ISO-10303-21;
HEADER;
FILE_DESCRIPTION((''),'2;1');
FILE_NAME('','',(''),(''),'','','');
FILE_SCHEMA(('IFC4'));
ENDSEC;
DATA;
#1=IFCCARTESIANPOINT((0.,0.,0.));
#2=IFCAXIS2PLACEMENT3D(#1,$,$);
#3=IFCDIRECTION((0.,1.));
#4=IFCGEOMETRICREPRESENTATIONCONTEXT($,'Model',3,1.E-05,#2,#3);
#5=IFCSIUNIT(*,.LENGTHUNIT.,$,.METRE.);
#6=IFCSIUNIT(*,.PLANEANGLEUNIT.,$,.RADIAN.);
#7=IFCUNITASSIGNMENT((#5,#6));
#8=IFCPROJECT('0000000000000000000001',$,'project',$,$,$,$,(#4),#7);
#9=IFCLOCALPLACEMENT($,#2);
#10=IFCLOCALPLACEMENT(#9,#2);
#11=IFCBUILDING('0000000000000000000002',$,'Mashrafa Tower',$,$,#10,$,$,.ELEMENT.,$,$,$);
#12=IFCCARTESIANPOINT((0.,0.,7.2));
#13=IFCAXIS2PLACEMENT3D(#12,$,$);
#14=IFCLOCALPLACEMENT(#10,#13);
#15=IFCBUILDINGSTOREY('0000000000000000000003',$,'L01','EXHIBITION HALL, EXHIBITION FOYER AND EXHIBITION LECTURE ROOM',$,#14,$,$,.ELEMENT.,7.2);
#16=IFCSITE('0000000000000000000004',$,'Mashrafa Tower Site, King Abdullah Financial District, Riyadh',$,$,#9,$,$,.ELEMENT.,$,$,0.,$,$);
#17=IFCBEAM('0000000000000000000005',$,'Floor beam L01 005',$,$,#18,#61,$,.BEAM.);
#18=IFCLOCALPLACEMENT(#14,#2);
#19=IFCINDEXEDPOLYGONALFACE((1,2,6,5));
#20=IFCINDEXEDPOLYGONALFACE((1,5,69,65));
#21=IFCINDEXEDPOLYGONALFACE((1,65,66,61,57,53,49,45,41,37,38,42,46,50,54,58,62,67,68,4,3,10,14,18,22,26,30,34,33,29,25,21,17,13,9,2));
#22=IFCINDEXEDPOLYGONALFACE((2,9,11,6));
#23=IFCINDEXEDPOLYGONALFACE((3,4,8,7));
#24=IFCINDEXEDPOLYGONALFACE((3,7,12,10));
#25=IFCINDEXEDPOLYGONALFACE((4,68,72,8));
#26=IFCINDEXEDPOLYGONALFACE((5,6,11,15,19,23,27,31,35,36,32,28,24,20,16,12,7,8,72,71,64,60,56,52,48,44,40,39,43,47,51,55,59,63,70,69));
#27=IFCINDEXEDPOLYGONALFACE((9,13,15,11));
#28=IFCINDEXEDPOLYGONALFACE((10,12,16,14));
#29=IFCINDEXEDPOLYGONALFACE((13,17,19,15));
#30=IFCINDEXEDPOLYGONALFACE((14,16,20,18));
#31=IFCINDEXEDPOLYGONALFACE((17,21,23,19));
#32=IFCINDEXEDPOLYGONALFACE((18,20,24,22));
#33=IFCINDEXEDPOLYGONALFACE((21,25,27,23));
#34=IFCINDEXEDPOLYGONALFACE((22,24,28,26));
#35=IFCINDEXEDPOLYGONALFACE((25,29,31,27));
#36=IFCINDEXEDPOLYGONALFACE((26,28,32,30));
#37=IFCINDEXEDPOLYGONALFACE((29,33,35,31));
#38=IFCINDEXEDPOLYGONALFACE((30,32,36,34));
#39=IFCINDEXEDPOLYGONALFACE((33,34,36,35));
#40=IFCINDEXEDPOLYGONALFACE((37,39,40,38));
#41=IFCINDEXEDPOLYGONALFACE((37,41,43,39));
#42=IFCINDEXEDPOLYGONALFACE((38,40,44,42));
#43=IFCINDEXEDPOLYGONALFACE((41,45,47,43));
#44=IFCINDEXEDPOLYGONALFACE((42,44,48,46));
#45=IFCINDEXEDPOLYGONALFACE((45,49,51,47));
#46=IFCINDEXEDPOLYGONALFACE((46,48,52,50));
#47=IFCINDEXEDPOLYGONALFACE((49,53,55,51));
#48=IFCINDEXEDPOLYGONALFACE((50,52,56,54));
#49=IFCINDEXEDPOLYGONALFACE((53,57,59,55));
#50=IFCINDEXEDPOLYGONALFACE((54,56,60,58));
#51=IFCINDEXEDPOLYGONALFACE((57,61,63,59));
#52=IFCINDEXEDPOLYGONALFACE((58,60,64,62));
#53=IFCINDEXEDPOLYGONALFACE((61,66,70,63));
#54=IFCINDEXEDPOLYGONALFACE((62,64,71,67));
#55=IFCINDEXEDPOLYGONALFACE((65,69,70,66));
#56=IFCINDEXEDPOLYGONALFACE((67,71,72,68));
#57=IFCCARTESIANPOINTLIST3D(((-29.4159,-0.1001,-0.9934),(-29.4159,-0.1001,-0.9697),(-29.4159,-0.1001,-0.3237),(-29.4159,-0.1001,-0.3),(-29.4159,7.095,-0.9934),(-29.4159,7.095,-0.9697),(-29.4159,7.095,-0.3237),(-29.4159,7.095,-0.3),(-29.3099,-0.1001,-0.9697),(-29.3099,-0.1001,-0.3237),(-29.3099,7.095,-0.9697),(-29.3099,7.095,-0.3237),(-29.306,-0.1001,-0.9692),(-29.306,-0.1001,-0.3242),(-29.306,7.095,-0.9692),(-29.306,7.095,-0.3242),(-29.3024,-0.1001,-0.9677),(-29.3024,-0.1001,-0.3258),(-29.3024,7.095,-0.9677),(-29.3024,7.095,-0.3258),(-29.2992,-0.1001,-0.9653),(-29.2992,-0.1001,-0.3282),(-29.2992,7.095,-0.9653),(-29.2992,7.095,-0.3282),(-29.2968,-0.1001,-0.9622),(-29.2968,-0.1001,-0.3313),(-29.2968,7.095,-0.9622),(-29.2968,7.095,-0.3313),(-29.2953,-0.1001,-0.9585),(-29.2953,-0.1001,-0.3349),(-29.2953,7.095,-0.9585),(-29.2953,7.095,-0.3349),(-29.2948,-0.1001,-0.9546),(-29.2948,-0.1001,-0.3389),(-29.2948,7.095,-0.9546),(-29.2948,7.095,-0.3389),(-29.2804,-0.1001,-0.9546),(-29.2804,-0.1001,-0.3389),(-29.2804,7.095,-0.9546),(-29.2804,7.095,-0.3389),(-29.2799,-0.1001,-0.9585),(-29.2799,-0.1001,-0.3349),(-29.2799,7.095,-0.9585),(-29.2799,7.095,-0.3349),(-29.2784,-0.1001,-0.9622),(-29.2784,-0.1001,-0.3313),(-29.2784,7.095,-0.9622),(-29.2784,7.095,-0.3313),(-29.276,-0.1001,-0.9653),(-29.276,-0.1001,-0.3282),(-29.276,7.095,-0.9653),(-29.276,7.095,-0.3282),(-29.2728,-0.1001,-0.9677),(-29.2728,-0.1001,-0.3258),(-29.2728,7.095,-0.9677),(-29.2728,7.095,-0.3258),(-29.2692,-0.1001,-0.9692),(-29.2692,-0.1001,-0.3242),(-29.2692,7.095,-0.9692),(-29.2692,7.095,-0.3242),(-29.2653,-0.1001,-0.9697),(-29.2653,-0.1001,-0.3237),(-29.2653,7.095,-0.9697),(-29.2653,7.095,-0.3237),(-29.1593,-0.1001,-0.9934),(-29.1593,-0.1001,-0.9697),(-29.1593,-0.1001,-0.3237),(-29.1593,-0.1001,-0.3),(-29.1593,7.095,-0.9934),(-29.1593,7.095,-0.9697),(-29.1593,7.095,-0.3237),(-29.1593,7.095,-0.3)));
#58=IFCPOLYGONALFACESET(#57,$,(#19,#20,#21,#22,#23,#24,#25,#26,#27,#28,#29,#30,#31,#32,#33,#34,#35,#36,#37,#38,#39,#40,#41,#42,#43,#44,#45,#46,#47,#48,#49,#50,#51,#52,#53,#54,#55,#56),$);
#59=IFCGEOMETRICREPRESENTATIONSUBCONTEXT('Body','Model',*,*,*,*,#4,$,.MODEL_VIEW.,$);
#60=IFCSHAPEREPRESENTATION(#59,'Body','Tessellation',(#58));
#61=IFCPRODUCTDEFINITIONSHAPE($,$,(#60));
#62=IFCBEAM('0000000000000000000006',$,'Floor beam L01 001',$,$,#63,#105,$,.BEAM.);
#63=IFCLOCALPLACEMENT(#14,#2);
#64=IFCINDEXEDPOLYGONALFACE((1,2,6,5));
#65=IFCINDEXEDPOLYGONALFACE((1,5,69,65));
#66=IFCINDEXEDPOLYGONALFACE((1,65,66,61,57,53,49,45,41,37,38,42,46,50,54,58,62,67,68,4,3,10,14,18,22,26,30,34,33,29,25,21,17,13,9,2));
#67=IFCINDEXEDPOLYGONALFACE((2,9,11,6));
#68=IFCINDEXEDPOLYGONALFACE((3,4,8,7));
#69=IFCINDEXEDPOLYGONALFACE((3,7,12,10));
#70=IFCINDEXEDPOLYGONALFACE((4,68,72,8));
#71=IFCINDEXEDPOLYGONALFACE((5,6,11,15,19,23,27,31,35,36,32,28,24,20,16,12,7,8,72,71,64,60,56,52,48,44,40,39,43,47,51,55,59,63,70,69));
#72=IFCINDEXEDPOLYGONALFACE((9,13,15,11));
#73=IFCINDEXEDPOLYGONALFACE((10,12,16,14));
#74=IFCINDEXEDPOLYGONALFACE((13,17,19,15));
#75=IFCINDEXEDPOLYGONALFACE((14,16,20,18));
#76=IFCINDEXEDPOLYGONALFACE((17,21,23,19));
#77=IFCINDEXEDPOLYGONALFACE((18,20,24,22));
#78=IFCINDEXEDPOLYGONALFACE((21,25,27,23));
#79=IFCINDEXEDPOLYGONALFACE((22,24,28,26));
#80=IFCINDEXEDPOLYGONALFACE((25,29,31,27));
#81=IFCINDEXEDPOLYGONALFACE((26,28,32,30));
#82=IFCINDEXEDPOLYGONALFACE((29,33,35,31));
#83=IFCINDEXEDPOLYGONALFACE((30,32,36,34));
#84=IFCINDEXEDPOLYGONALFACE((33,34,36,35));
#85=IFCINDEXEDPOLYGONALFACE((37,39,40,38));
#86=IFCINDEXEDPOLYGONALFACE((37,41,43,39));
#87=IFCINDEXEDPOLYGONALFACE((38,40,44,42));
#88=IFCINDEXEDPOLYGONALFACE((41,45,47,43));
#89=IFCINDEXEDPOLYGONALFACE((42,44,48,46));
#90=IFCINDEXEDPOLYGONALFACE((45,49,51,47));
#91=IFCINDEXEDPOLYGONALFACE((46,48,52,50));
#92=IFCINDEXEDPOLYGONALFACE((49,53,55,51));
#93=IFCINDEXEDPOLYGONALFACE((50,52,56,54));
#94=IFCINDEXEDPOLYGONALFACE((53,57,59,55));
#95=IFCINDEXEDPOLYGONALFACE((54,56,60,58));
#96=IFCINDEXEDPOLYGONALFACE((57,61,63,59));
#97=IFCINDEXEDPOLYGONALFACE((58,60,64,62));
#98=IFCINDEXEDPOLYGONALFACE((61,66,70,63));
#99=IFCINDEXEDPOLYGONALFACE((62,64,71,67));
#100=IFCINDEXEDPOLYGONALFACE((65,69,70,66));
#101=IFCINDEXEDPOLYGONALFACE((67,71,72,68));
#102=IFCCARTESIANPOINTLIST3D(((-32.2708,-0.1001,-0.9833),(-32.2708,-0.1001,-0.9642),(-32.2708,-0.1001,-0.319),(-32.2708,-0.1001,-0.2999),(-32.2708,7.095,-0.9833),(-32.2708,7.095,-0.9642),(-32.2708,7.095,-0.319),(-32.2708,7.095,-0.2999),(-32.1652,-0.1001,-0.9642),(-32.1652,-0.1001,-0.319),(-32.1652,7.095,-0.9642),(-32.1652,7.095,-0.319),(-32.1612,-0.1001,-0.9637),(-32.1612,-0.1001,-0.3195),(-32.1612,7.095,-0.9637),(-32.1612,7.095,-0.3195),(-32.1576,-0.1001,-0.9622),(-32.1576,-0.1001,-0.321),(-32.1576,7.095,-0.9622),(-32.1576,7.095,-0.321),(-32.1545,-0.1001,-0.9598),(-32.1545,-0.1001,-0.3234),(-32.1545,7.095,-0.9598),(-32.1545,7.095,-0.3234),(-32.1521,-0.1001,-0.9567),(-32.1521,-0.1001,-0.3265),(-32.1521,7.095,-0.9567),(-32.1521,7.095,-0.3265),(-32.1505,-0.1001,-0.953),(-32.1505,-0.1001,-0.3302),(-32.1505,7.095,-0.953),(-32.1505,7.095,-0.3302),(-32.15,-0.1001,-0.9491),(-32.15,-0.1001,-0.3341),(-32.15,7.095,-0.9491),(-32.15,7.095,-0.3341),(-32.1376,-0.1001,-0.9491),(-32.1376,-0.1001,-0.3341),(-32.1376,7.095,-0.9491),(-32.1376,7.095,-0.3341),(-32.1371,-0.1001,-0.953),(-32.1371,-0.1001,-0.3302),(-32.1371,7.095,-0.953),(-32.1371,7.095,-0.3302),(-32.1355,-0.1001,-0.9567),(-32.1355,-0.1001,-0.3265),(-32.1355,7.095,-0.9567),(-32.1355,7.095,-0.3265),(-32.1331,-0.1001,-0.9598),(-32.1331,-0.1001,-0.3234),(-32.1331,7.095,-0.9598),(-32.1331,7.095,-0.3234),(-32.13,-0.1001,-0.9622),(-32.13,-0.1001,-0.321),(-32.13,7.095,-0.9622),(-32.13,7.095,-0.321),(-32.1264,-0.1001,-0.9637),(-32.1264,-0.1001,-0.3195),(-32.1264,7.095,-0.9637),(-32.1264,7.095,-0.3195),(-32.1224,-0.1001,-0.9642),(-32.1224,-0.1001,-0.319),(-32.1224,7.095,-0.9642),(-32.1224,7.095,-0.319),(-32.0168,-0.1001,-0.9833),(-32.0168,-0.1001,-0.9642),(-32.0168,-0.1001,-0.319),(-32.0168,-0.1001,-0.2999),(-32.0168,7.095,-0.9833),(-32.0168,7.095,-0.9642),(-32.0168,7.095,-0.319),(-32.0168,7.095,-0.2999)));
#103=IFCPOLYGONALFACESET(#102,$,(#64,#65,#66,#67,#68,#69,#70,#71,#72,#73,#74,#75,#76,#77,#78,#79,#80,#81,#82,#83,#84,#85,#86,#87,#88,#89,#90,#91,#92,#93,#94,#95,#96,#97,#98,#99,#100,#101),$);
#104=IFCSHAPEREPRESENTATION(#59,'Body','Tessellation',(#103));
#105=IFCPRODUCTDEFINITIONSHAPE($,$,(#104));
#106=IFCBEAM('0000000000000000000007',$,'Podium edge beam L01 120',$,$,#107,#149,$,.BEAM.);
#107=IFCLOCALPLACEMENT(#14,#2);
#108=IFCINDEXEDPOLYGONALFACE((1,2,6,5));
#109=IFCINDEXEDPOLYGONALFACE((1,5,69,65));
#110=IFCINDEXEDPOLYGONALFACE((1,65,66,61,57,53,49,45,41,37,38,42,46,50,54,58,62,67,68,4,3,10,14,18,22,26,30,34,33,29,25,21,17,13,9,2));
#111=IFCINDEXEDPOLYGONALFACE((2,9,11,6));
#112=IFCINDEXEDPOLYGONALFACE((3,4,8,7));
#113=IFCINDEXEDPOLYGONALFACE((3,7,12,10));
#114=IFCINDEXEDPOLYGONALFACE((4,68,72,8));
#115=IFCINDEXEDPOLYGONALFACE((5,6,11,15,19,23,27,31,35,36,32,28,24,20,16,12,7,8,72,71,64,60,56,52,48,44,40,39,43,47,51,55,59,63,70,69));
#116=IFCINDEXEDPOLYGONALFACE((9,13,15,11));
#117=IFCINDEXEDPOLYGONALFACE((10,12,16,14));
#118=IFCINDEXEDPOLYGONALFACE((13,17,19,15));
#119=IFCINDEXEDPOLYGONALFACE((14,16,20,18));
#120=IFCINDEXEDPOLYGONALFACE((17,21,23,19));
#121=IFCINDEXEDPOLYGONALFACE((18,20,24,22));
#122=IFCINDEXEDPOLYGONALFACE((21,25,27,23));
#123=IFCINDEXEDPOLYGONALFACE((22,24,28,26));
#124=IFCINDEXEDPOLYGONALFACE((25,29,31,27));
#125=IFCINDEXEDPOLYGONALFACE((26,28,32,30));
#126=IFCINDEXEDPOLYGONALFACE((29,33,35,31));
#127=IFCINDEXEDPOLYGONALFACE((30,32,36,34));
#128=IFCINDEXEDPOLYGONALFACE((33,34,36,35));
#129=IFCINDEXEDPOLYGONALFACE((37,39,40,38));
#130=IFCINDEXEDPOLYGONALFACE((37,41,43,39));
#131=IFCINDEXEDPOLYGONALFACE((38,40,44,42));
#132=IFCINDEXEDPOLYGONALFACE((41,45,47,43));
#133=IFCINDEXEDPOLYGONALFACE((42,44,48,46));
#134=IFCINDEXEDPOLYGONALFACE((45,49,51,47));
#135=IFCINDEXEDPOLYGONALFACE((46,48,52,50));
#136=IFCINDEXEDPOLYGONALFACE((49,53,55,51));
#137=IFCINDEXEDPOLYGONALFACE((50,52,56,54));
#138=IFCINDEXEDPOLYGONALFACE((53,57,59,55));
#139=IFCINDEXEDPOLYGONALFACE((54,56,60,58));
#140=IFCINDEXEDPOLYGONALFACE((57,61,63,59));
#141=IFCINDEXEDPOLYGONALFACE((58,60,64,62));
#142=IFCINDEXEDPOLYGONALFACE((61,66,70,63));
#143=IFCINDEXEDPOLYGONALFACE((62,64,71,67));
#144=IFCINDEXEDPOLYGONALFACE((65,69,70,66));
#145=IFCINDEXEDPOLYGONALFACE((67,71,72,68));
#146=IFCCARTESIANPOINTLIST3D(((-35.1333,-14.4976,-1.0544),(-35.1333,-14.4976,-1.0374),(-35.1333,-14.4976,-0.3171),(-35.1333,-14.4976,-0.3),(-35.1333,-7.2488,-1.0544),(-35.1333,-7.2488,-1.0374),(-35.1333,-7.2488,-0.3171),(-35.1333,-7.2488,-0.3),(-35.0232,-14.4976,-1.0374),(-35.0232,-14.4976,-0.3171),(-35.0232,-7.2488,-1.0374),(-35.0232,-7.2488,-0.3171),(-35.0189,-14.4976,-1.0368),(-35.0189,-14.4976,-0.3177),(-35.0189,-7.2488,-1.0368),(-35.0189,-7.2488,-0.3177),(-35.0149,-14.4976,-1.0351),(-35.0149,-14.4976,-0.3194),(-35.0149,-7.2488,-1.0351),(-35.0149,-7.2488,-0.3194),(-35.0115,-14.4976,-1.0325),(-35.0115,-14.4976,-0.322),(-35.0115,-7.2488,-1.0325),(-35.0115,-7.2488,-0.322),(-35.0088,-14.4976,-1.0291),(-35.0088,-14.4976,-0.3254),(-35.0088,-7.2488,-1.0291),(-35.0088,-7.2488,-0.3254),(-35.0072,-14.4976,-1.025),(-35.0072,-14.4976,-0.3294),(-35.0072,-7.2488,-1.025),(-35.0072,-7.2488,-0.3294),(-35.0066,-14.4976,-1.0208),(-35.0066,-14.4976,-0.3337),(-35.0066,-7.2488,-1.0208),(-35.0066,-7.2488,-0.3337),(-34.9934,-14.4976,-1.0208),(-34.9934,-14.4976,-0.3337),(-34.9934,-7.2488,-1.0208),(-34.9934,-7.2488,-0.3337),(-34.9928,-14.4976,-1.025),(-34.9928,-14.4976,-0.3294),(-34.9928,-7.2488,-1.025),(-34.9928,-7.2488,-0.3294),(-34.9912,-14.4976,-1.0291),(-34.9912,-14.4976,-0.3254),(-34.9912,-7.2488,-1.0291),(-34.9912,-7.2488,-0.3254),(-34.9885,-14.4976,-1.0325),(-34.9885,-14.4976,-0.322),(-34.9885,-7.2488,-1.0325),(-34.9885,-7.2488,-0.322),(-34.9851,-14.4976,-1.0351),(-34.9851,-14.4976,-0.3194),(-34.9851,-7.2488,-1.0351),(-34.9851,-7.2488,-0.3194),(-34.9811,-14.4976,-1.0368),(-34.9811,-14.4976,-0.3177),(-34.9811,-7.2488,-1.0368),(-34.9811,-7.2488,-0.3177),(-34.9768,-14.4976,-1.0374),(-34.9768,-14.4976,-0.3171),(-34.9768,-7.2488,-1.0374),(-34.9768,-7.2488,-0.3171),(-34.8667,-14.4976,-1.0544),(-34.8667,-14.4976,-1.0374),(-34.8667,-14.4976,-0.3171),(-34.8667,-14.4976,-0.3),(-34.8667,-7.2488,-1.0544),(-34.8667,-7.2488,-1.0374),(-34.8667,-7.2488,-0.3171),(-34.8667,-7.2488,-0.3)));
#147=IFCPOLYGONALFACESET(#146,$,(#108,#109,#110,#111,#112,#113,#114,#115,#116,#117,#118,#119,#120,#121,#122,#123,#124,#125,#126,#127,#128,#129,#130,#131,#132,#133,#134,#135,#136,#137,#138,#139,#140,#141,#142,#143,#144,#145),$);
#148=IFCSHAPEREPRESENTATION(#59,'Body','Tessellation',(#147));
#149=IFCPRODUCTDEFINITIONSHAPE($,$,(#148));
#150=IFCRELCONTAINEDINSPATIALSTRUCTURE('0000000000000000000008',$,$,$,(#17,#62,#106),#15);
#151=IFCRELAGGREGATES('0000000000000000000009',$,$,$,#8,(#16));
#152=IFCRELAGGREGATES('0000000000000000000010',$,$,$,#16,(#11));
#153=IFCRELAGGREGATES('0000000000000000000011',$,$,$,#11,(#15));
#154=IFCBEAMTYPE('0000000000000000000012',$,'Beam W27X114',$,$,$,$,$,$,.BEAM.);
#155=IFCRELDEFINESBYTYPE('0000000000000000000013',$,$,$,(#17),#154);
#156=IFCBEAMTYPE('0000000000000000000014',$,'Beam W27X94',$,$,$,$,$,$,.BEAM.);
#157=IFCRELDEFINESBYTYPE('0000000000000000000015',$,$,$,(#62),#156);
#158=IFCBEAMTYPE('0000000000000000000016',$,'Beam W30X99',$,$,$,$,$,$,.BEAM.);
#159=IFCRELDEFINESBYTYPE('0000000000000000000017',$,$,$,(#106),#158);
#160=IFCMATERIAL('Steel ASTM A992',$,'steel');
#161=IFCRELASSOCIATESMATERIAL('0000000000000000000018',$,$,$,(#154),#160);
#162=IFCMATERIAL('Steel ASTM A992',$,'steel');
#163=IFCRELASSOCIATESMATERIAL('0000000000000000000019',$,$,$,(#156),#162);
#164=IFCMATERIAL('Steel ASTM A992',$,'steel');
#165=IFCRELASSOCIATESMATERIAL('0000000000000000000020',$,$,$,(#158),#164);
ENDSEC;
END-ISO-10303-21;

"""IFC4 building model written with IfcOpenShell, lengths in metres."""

from ifc_helpers import new_model, si_unit, direction, frame, origin, origin_2d, place, context, subcontext, project, spatial, i_section, extrude, material, material_profile, profile_set, type_object, element, save


model = new_model("IFC4")

# Units and contexts
model_context = context("Model", 3, precision=1e-05, world=origin(), true_north=direction((0.0, 1.0)))
body_context = subcontext(model_context, "Body", "Model", "MODEL_VIEW")
ifc_project = project(units=[si_unit("LENGTHUNIT", "METRE"), si_unit("PLANEANGLEUNIT", "RADIAN")], contexts=[model_context])

# Site, building, storey
site_placement = place(None, origin())
site = spatial("IfcSite", under=ifc_project, at=site_placement, Name="Mashrafa Tower Site, King Abdullah Financial District, Riyadh", CompositionType="ELEMENT", RefElevation=0.0)
building_placement = place(site_placement, origin())
building = spatial("IfcBuilding", under=site, at=building_placement, Name="Mashrafa Tower", CompositionType="ELEMENT")
storey_placement = place(building_placement, frame((0.0, 0.0, 7.2)))
storey = spatial("IfcBuildingStorey", under=building, at=storey_placement, Name="L01", Description="EXHIBITION HALL, EXHIBITION FOYER AND EXHIBITION LECTURE ROOM", CompositionType="ELEMENT", Elevation=7.2)

# Beams
ifc_material_1 = material(Name="Steel ASTM A992", Category="steel")
ifc_material_profile_1 = material_profile(ifc_material_1, i_section(OverallWidth=0.2566, OverallDepth=0.6934, WebThickness=0.0144, FlangeThickness=0.0237, FilletRadius=0.0151, at=origin_2d()), Name="W27X114")
ifc_profile_set_1 = profile_set([ifc_material_profile_1], Name="Steel ASTM A992")
beam_type_1 = type_object("IfcBeamType", Name="Beam W27X114", PredefinedType="BEAM", material=ifc_profile_set_1)
beam_1_placement = place(storey_placement, frame((-29.2876, -0.1001, -0.6467), z_axis=(0.0, 1.0, 0.0), x_axis=(-1.0, 0.0, 0.0)))
element("IfcBeam", 1, at=beam_1_placement, inside=storey, type_object=beam_type_1, Name="Floor beam L01 005", PredefinedType="BEAM", context=body_context, shape_type="SweptSolid", body=[
    extrude(i_section(OverallWidth=0.2566, OverallDepth=0.6934, WebThickness=0.0144, FlangeThickness=0.0237, FilletRadius=0.0151, at=origin_2d()), origin(), (0.0, 0.0, 1.0), 7.1951),
])
ifc_material_2 = material(Name="Steel ASTM A992", Category="steel")
ifc_material_profile_2 = material_profile(ifc_material_2, i_section(OverallWidth=0.2539, OverallDepth=0.6833, WebThickness=0.0125, FlangeThickness=0.019, FilletRadius=0.0151, at=origin_2d()), Name="W27X94")
ifc_profile_set_2 = profile_set([ifc_material_profile_2], Name="Steel ASTM A992")
beam_type_2 = type_object("IfcBeamType", Name="Beam W27X94", PredefinedType="BEAM", material=ifc_profile_set_2)
beam_2_placement = place(storey_placement, frame((-32.1438, -0.1001, -0.6416), z_axis=(0.0, 1.0, 0.0), x_axis=(-1.0, 0.0, 0.0)))
element("IfcBeam", 2, at=beam_2_placement, inside=storey, type_object=beam_type_2, Name="Floor beam L01 001", PredefinedType="BEAM", context=body_context, shape_type="SweptSolid", body=[
    extrude(i_section(OverallWidth=0.2539, OverallDepth=0.6833, WebThickness=0.0125, FlangeThickness=0.019, FilletRadius=0.0151, at=origin_2d()), origin(), (0.0, 0.0, 1.0), 7.1951),
])
ifc_material_3 = material(Name="Steel ASTM A992", Category="steel")
ifc_material_profile_3 = material_profile(ifc_material_3, i_section(OverallWidth=0.2666, OverallDepth=0.7544, WebThickness=0.0132, FlangeThickness=0.0171, FilletRadius=0.0166, at=origin_2d()), Name="W30X99")
ifc_profile_set_3 = profile_set([ifc_material_profile_3], Name="Steel ASTM A992")
beam_type_3 = type_object("IfcBeamType", Name="Beam W30X99", PredefinedType="BEAM", material=ifc_profile_set_3)
beam_3_placement = place(storey_placement, frame((-35.0, -7.2488, -0.6772), z_axis=(0.0, -1.0, 0.0), x_axis=(1.0, 0.0, 0.0)))
element("IfcBeam", 3, at=beam_3_placement, inside=storey, type_object=beam_type_3, Name="Podium edge beam L01 120", PredefinedType="BEAM", context=body_context, shape_type="SweptSolid", body=[
    extrude(i_section(OverallWidth=0.2666, OverallDepth=0.7544, WebThickness=0.0132, FlangeThickness=0.0171, FilletRadius=0.0166, at=origin_2d()), origin(), (0.0, 0.0, 1.0), 7.2488),
])

save(model, "model.ifc")
